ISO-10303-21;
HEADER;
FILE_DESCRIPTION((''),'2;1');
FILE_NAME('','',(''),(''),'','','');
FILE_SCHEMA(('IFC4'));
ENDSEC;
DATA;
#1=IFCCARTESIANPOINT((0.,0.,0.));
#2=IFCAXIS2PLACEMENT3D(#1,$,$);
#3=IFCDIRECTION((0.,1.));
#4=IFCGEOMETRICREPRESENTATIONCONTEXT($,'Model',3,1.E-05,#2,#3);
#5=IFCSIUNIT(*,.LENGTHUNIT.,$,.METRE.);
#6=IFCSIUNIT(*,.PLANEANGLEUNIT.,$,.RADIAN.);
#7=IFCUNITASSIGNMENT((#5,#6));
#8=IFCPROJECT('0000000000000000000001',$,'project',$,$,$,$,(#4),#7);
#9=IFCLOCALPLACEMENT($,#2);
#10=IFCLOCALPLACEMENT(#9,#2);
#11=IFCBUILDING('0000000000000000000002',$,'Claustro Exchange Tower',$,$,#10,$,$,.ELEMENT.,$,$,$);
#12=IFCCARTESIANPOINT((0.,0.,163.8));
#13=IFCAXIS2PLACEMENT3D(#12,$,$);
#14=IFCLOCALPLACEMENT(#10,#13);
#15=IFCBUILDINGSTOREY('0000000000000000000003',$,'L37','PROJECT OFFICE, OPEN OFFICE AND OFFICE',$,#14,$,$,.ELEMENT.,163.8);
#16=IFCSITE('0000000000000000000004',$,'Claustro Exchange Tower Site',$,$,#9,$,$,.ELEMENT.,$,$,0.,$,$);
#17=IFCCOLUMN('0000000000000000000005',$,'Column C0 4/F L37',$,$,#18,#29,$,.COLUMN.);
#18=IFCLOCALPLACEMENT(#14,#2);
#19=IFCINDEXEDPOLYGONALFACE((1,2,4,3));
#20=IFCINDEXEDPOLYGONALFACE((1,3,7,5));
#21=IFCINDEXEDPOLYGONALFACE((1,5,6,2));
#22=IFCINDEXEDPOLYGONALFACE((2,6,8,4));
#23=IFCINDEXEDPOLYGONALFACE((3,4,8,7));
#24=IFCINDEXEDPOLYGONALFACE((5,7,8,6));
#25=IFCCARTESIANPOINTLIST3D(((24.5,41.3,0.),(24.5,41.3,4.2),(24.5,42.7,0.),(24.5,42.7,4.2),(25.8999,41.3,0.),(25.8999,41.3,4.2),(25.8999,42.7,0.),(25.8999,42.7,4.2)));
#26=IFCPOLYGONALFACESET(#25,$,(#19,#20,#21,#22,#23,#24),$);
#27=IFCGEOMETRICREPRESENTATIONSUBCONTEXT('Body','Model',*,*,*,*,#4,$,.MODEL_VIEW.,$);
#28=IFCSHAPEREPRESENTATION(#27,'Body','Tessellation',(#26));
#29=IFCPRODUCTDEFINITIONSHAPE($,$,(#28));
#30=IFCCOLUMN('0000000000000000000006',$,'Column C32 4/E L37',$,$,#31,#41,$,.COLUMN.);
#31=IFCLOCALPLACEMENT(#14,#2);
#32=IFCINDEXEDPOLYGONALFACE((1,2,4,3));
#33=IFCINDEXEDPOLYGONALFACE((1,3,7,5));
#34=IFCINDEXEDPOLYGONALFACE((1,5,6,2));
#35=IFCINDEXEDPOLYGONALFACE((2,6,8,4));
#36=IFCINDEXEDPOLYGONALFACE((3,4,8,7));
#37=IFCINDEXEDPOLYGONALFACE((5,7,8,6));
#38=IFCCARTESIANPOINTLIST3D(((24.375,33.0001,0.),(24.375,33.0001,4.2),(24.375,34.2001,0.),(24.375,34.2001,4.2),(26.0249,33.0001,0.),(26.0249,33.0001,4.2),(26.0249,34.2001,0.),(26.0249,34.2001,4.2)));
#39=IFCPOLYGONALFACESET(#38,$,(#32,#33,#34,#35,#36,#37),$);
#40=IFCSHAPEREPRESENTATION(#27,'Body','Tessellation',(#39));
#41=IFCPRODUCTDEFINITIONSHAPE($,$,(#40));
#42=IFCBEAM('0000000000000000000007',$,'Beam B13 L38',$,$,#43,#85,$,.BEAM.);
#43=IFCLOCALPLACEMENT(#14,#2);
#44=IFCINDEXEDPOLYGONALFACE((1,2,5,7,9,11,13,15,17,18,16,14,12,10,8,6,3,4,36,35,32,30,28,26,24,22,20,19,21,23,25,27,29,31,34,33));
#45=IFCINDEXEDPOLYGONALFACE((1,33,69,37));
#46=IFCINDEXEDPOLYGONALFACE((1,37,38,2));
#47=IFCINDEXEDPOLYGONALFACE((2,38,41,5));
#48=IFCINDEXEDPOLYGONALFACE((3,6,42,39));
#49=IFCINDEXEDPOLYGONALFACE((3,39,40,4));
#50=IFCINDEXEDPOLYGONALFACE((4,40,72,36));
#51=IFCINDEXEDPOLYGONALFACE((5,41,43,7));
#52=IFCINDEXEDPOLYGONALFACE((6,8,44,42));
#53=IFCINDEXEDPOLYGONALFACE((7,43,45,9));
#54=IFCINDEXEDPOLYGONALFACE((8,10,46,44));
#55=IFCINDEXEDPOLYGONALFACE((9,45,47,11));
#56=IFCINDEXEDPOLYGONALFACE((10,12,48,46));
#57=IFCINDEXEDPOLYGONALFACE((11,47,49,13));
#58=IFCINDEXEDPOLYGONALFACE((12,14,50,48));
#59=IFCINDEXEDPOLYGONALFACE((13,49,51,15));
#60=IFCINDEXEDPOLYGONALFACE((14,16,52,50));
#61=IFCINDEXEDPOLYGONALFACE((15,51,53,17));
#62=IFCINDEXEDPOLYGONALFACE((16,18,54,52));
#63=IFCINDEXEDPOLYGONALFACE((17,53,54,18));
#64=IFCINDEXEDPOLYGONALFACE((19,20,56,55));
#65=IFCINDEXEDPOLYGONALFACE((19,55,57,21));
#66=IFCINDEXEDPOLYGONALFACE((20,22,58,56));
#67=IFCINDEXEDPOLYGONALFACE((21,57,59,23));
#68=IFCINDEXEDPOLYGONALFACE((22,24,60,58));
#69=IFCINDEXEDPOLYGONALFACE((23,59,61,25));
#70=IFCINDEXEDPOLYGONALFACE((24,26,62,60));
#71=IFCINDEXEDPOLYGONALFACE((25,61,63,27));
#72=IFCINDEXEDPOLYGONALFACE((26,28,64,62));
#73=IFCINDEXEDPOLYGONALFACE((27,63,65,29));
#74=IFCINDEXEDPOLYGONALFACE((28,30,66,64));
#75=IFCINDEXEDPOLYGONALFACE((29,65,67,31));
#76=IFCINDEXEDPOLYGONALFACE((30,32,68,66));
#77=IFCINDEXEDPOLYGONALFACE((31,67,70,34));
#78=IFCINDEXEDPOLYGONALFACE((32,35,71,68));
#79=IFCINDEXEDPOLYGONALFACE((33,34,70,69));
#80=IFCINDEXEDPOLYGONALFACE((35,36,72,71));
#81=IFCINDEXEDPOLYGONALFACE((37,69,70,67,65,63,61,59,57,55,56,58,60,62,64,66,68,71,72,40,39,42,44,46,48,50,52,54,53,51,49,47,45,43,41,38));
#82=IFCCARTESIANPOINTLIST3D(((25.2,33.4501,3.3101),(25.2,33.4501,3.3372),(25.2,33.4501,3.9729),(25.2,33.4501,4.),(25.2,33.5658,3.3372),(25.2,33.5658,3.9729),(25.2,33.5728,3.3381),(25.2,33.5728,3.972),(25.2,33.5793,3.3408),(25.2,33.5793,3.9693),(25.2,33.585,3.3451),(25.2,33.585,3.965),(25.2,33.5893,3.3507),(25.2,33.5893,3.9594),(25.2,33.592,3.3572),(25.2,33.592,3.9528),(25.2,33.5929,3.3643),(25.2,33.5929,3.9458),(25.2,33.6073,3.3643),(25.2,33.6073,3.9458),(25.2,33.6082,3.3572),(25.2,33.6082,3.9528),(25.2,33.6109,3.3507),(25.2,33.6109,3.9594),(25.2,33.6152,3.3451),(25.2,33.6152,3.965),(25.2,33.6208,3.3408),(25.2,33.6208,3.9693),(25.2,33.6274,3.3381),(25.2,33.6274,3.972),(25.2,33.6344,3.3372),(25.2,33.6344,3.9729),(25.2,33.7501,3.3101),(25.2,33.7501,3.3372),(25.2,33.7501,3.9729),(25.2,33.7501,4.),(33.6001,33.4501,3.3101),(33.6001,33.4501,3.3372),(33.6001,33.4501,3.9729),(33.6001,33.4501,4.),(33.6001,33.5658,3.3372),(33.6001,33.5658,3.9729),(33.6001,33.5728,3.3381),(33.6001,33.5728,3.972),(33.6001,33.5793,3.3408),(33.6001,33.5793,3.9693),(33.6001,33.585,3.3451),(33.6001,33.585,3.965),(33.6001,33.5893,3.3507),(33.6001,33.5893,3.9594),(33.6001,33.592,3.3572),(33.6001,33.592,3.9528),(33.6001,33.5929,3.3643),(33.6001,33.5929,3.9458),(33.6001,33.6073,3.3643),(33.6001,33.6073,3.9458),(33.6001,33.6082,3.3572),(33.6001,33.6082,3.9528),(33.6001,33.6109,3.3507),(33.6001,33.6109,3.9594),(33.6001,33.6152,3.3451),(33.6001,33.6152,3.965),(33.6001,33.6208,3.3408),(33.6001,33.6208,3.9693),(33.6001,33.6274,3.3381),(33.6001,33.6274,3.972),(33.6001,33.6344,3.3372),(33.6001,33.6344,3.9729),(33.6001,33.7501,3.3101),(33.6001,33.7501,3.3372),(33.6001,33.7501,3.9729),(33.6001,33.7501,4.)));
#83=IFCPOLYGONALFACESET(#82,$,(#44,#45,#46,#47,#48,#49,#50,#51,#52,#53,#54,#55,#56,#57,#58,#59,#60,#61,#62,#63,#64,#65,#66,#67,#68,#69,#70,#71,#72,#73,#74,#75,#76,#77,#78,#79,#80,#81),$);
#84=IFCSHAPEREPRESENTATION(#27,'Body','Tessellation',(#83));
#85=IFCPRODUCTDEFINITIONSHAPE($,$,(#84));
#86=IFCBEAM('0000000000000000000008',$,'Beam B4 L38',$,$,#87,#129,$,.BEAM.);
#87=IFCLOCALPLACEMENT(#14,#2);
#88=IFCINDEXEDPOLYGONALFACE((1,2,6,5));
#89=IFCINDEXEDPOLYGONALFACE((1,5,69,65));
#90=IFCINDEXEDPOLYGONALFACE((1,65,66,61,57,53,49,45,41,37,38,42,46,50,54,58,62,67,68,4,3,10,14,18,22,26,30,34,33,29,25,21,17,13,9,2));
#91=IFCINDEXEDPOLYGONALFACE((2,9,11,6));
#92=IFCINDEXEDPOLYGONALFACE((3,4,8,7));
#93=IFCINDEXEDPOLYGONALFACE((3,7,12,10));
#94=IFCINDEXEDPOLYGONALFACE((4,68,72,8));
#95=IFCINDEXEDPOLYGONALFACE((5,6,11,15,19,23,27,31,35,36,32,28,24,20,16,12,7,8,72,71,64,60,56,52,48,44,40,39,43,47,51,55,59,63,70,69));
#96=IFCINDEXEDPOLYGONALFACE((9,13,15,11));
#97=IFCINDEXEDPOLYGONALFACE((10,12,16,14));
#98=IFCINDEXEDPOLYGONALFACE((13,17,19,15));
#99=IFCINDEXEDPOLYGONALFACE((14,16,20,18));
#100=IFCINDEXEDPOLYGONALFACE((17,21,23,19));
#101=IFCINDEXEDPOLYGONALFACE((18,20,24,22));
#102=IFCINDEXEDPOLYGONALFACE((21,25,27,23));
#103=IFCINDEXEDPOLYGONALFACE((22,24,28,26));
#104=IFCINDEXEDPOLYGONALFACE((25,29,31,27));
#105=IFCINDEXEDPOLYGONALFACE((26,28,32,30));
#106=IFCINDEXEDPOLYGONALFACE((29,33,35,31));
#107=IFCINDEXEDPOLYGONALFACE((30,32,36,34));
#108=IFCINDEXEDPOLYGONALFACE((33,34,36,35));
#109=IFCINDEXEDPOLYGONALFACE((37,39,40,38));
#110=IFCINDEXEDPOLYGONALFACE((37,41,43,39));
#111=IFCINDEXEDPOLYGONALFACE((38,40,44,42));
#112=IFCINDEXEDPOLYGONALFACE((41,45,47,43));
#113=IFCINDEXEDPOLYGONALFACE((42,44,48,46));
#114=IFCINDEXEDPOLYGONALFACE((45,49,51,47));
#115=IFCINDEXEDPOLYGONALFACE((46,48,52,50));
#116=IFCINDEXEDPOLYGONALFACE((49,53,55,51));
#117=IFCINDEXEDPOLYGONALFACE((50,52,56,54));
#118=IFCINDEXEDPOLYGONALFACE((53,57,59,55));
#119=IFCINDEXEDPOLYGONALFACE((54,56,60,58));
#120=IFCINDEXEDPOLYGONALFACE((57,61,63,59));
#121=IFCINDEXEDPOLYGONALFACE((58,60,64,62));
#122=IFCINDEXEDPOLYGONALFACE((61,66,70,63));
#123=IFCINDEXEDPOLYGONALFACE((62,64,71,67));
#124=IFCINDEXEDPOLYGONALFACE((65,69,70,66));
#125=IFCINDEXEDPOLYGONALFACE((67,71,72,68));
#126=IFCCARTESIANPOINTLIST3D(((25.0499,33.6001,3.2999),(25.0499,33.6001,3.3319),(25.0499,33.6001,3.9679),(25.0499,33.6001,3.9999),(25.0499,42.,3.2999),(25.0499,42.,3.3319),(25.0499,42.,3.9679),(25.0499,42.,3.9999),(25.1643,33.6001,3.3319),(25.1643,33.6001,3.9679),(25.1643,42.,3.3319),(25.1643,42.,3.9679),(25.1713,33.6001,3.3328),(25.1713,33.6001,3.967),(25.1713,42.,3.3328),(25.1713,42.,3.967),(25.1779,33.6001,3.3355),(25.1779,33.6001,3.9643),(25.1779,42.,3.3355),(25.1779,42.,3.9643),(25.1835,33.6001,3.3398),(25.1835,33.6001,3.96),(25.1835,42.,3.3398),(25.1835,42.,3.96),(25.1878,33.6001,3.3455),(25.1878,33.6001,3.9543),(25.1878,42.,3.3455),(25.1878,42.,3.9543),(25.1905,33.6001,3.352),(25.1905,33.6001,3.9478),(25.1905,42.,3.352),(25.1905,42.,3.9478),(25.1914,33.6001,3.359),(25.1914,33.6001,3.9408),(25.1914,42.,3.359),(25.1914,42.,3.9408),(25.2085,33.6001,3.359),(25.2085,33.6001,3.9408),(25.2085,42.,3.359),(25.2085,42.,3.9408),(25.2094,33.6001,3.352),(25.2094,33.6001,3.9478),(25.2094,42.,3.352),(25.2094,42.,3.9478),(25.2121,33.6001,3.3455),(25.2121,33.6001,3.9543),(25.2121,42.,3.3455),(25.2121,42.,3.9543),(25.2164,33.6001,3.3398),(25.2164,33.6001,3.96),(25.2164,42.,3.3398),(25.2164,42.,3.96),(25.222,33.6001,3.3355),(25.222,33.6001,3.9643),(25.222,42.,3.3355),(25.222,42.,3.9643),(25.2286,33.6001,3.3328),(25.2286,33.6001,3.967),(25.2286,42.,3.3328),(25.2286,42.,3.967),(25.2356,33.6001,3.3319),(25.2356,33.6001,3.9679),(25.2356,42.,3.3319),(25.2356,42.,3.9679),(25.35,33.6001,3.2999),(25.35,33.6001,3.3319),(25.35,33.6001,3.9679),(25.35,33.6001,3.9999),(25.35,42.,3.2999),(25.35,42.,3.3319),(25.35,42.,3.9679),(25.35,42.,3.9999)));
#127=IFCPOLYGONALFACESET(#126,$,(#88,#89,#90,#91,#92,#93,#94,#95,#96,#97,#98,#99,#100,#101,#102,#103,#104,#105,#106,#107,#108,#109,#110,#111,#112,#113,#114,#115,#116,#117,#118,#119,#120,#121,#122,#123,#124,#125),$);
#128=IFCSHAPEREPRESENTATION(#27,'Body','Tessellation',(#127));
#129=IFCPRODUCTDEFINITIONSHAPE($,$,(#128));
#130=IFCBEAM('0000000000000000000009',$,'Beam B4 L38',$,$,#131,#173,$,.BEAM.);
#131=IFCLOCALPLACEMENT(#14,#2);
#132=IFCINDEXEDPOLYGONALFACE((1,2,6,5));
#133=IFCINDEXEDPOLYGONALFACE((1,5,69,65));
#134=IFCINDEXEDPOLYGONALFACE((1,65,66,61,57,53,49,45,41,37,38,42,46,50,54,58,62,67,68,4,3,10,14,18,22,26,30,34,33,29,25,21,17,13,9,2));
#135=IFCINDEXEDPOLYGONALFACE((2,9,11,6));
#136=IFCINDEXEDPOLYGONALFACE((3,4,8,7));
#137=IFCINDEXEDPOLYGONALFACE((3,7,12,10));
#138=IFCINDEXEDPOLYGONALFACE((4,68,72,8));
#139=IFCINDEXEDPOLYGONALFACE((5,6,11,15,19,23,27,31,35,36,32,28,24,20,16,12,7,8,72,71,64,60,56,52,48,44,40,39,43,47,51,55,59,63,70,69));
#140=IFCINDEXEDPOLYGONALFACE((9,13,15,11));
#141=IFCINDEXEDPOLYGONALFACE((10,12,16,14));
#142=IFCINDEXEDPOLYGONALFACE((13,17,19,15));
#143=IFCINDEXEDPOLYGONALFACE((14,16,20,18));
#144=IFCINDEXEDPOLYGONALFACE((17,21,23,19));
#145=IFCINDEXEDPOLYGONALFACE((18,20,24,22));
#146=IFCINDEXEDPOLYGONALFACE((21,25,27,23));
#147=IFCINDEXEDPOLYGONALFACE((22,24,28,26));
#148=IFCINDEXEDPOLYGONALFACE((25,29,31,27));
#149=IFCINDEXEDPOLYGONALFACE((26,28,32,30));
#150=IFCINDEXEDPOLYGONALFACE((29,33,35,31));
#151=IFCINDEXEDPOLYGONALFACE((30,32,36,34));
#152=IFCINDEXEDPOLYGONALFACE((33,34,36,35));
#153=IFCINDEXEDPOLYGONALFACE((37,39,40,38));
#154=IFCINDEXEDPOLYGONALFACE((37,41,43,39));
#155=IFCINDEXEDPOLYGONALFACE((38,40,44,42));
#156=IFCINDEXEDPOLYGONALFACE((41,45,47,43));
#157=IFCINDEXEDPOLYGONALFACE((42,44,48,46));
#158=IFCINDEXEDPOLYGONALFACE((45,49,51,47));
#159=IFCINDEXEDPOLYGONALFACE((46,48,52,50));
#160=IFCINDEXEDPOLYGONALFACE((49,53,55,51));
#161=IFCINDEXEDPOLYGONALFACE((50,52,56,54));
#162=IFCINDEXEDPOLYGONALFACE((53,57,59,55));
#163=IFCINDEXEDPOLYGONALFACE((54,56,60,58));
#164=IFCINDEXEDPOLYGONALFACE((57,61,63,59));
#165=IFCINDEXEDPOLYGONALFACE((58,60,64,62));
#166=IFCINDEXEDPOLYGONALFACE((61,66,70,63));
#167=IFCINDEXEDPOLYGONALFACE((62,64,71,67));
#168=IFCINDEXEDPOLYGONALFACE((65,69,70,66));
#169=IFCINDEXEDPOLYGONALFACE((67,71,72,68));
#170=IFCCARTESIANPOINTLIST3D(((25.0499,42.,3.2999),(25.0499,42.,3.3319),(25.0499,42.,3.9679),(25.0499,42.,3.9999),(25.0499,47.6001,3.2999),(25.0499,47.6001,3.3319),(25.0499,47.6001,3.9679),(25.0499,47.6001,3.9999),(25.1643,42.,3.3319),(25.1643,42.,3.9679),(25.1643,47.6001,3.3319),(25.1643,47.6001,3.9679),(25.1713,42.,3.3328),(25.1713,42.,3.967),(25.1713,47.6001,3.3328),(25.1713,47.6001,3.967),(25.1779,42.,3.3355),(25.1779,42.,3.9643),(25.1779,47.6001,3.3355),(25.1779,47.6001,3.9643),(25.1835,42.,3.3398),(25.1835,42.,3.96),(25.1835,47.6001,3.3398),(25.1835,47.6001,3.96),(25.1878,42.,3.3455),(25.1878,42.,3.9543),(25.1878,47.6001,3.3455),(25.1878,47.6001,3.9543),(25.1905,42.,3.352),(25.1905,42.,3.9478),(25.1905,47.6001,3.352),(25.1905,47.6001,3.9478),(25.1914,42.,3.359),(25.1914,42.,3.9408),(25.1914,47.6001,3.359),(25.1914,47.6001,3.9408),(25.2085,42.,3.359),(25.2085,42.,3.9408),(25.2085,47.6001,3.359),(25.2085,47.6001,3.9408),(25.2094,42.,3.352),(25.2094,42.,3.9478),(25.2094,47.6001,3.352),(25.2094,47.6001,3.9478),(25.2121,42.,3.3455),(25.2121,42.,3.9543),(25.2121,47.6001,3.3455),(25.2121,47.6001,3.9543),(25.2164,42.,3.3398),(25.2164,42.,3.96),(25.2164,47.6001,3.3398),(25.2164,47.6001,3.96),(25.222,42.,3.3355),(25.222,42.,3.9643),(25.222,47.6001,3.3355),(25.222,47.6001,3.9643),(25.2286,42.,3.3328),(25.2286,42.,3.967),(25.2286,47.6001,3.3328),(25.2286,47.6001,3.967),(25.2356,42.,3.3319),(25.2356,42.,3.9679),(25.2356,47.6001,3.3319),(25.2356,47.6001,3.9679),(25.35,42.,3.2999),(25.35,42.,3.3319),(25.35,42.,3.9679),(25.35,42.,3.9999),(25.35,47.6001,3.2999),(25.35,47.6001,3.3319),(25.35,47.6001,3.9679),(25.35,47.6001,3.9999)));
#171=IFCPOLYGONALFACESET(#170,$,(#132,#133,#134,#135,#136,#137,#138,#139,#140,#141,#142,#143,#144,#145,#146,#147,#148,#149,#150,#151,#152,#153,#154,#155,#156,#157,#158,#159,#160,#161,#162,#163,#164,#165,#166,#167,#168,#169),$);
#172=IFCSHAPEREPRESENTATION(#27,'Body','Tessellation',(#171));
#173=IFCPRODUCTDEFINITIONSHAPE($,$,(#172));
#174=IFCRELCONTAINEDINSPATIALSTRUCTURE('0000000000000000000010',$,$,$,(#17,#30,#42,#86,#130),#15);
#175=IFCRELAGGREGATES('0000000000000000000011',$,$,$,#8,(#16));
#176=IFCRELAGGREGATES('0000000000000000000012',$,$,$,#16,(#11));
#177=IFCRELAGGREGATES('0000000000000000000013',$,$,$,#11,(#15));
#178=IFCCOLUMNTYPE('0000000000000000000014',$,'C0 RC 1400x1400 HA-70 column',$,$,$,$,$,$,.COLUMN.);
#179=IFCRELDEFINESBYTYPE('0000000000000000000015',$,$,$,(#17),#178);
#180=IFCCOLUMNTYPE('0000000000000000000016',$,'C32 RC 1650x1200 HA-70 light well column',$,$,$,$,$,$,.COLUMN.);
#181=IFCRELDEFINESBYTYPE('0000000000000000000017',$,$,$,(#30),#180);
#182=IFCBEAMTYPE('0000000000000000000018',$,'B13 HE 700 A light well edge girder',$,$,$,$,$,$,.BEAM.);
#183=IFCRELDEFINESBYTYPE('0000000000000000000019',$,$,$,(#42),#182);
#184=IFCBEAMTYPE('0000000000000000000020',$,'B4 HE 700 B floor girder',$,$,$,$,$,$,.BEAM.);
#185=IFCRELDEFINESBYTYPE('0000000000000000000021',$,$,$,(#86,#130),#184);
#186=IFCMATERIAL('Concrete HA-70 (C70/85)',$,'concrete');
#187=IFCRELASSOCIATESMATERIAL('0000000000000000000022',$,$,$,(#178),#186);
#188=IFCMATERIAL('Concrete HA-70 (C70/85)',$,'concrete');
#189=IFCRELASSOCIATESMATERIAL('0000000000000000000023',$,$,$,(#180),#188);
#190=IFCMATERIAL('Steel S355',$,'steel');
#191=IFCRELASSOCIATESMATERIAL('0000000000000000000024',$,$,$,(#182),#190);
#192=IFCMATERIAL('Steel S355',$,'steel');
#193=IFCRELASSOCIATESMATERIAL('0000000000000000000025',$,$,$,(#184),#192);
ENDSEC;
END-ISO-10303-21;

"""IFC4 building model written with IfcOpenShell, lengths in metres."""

from ifc_helpers import new_model, si_unit, direction, frame, origin, origin_2d, place, context, subcontext, project, spatial, rectangle, i_section, extrude, material, material_profile, profile_set, type_object, element, save


model = new_model("IFC4")

# Units and contexts
model_context = context("Model", 3, precision=1e-05, world=origin(), true_north=direction((0.0, 1.0)))
body_context = subcontext(model_context, "Body", "Model", "MODEL_VIEW")
ifc_project = project(units=[si_unit("LENGTHUNIT", "METRE"), si_unit("PLANEANGLEUNIT", "RADIAN")], contexts=[model_context])

# Site, building, storey
site_placement = place(None, origin())
site = spatial("IfcSite", under=ifc_project, at=site_placement, Name="Claustro Exchange Tower Site", CompositionType="ELEMENT", RefElevation=0.0)
building_placement = place(site_placement, origin())
building = spatial("IfcBuilding", under=site, at=building_placement, Name="Claustro Exchange Tower", CompositionType="ELEMENT")
storey_placement = place(building_placement, frame((0.0, 0.0, 163.8)))
storey = spatial("IfcBuildingStorey", under=building, at=storey_placement, Name="L37", Description="PROJECT OFFICE, OPEN OFFICE AND OFFICE", CompositionType="ELEMENT", Elevation=163.8)

# Columns
ifc_material_1 = material(Name="Concrete HA-70 (C70/85)", Category="concrete")
ifc_material_profile_1 = material_profile(ifc_material_1, rectangle(XDim=1.3999, YDim=1.3999, at=origin_2d()), Name="RC 1400x1400")
ifc_profile_set_1 = profile_set([ifc_material_profile_1], Name="Concrete HA-70 (C70/85)")
column_type_1 = type_object("IfcColumnType", Name="C0 RC 1400x1400 HA-70 column", PredefinedType="COLUMN", material=ifc_profile_set_1)
column_1_placement = place(storey_placement, frame((25.2, 42.0, 0.0), z_axis=(0.0, 0.0, 1.0), x_axis=(1.0, 0.0, 0.0)))
element("IfcColumn", 1, at=column_1_placement, inside=storey, type_object=column_type_1, Name="Column C0 4/F L37", PredefinedType="COLUMN", context=body_context, shape_type="SweptSolid", body=[
    extrude(rectangle(XDim=1.3999, YDim=1.3999, at=origin_2d()), origin(), (0.0, 0.0, 1.0), 4.2),
])
ifc_material_2 = material(Name="Concrete HA-70 (C70/85)", Category="concrete")
ifc_material_profile_2 = material_profile(ifc_material_2, rectangle(XDim=1.6499, YDim=1.2, at=origin_2d()), Name="RC 1650x1200")
ifc_profile_set_2 = profile_set([ifc_material_profile_2], Name="Concrete HA-70 (C70/85)")
column_type_2 = type_object("IfcColumnType", Name="C32 RC 1650x1200 HA-70 light well column", PredefinedType="COLUMN", material=ifc_profile_set_2)
column_2_placement = place(storey_placement, frame((25.2, 33.6001, 0.0), z_axis=(0.0, 0.0, 1.0), x_axis=(1.0, 0.0, 0.0)))
element("IfcColumn", 2, at=column_2_placement, inside=storey, type_object=column_type_2, Name="Column C32 4/E L37", PredefinedType="COLUMN", context=body_context, shape_type="SweptSolid", body=[
    extrude(rectangle(XDim=1.6499, YDim=1.2, at=origin_2d()), origin(), (0.0, 0.0, 1.0), 4.2),
])

# Beams
ifc_material_3 = material(Name="Steel S355", Category="steel")
ifc_material_profile_3 = material_profile(ifc_material_3, i_section(OverallWidth=0.3, OverallDepth=0.6899, WebThickness=0.0144, FlangeThickness=0.0271, FilletRadius=0.0271, at=origin_2d()), Name="HE 700 A")
ifc_profile_set_3 = profile_set([ifc_material_profile_3], Name="Steel S355")
beam_type_1 = type_object("IfcBeamType", Name="B13 HE 700 A light well edge girder", PredefinedType="BEAM", material=ifc_profile_set_3)
beam_1_placement = place(storey_placement, frame((25.2, 33.6001, 3.655), z_axis=(1.0, 0.0, 0.0), x_axis=(0.0, 1.0, 0.0)))
element("IfcBeam", 3, at=beam_1_placement, inside=storey, type_object=beam_type_1, Name="Beam B13 L38", PredefinedType="BEAM", context=body_context, shape_type="SweptSolid", body=[
    extrude(i_section(OverallWidth=0.3, OverallDepth=0.6899, WebThickness=0.0144, FlangeThickness=0.0271, FilletRadius=0.0271, at=origin_2d()), origin(), (0.0, 0.0, 1.0), 8.4001),
])
ifc_material_4 = material(Name="Steel S355", Category="steel")
ifc_material_profile_4 = material_profile(ifc_material_4, i_section(OverallWidth=0.3, OverallDepth=0.7, WebThickness=0.0171, FlangeThickness=0.032, FilletRadius=0.0271, at=origin_2d()), Name="HE 700 B")
ifc_profile_set_4 = profile_set([ifc_material_profile_4], Name="Steel S355")
beam_type_2 = type_object("IfcBeamType", Name="B4 HE 700 B floor girder", PredefinedType="BEAM", material=ifc_profile_set_4)
beam_2_placement = place(storey_placement, frame((25.2, 33.6001, 3.6499), z_axis=(0.0, 1.0, 0.0), x_axis=(-1.0, 0.0, 0.0)))
element("IfcBeam", 4, at=beam_2_placement, inside=storey, type_object=beam_type_2, Name="Beam B4 L38", PredefinedType="BEAM", context=body_context, shape_type="SweptSolid", body=[
    extrude(i_section(OverallWidth=0.3, OverallDepth=0.7, WebThickness=0.0171, FlangeThickness=0.032, FilletRadius=0.0271, at=origin_2d()), origin(), (0.0, 0.0, 1.0), 8.3999),
])
beam_3_placement = place(storey_placement, frame((25.2, 42.0, 3.6499), z_axis=(0.0, 1.0, 0.0), x_axis=(-1.0, 0.0, 0.0)))
element("IfcBeam", 5, at=beam_3_placement, inside=storey, type_object=beam_type_2, Name="Beam B4 L38", PredefinedType="BEAM", context=body_context, shape_type="SweptSolid", body=[
    extrude(i_section(OverallWidth=0.3, OverallDepth=0.7, WebThickness=0.0171, FlangeThickness=0.032, FilletRadius=0.0271, at=origin_2d()), origin(), (0.0, 0.0, 1.0), 5.6001),
])

save(model, "model.ifc")
